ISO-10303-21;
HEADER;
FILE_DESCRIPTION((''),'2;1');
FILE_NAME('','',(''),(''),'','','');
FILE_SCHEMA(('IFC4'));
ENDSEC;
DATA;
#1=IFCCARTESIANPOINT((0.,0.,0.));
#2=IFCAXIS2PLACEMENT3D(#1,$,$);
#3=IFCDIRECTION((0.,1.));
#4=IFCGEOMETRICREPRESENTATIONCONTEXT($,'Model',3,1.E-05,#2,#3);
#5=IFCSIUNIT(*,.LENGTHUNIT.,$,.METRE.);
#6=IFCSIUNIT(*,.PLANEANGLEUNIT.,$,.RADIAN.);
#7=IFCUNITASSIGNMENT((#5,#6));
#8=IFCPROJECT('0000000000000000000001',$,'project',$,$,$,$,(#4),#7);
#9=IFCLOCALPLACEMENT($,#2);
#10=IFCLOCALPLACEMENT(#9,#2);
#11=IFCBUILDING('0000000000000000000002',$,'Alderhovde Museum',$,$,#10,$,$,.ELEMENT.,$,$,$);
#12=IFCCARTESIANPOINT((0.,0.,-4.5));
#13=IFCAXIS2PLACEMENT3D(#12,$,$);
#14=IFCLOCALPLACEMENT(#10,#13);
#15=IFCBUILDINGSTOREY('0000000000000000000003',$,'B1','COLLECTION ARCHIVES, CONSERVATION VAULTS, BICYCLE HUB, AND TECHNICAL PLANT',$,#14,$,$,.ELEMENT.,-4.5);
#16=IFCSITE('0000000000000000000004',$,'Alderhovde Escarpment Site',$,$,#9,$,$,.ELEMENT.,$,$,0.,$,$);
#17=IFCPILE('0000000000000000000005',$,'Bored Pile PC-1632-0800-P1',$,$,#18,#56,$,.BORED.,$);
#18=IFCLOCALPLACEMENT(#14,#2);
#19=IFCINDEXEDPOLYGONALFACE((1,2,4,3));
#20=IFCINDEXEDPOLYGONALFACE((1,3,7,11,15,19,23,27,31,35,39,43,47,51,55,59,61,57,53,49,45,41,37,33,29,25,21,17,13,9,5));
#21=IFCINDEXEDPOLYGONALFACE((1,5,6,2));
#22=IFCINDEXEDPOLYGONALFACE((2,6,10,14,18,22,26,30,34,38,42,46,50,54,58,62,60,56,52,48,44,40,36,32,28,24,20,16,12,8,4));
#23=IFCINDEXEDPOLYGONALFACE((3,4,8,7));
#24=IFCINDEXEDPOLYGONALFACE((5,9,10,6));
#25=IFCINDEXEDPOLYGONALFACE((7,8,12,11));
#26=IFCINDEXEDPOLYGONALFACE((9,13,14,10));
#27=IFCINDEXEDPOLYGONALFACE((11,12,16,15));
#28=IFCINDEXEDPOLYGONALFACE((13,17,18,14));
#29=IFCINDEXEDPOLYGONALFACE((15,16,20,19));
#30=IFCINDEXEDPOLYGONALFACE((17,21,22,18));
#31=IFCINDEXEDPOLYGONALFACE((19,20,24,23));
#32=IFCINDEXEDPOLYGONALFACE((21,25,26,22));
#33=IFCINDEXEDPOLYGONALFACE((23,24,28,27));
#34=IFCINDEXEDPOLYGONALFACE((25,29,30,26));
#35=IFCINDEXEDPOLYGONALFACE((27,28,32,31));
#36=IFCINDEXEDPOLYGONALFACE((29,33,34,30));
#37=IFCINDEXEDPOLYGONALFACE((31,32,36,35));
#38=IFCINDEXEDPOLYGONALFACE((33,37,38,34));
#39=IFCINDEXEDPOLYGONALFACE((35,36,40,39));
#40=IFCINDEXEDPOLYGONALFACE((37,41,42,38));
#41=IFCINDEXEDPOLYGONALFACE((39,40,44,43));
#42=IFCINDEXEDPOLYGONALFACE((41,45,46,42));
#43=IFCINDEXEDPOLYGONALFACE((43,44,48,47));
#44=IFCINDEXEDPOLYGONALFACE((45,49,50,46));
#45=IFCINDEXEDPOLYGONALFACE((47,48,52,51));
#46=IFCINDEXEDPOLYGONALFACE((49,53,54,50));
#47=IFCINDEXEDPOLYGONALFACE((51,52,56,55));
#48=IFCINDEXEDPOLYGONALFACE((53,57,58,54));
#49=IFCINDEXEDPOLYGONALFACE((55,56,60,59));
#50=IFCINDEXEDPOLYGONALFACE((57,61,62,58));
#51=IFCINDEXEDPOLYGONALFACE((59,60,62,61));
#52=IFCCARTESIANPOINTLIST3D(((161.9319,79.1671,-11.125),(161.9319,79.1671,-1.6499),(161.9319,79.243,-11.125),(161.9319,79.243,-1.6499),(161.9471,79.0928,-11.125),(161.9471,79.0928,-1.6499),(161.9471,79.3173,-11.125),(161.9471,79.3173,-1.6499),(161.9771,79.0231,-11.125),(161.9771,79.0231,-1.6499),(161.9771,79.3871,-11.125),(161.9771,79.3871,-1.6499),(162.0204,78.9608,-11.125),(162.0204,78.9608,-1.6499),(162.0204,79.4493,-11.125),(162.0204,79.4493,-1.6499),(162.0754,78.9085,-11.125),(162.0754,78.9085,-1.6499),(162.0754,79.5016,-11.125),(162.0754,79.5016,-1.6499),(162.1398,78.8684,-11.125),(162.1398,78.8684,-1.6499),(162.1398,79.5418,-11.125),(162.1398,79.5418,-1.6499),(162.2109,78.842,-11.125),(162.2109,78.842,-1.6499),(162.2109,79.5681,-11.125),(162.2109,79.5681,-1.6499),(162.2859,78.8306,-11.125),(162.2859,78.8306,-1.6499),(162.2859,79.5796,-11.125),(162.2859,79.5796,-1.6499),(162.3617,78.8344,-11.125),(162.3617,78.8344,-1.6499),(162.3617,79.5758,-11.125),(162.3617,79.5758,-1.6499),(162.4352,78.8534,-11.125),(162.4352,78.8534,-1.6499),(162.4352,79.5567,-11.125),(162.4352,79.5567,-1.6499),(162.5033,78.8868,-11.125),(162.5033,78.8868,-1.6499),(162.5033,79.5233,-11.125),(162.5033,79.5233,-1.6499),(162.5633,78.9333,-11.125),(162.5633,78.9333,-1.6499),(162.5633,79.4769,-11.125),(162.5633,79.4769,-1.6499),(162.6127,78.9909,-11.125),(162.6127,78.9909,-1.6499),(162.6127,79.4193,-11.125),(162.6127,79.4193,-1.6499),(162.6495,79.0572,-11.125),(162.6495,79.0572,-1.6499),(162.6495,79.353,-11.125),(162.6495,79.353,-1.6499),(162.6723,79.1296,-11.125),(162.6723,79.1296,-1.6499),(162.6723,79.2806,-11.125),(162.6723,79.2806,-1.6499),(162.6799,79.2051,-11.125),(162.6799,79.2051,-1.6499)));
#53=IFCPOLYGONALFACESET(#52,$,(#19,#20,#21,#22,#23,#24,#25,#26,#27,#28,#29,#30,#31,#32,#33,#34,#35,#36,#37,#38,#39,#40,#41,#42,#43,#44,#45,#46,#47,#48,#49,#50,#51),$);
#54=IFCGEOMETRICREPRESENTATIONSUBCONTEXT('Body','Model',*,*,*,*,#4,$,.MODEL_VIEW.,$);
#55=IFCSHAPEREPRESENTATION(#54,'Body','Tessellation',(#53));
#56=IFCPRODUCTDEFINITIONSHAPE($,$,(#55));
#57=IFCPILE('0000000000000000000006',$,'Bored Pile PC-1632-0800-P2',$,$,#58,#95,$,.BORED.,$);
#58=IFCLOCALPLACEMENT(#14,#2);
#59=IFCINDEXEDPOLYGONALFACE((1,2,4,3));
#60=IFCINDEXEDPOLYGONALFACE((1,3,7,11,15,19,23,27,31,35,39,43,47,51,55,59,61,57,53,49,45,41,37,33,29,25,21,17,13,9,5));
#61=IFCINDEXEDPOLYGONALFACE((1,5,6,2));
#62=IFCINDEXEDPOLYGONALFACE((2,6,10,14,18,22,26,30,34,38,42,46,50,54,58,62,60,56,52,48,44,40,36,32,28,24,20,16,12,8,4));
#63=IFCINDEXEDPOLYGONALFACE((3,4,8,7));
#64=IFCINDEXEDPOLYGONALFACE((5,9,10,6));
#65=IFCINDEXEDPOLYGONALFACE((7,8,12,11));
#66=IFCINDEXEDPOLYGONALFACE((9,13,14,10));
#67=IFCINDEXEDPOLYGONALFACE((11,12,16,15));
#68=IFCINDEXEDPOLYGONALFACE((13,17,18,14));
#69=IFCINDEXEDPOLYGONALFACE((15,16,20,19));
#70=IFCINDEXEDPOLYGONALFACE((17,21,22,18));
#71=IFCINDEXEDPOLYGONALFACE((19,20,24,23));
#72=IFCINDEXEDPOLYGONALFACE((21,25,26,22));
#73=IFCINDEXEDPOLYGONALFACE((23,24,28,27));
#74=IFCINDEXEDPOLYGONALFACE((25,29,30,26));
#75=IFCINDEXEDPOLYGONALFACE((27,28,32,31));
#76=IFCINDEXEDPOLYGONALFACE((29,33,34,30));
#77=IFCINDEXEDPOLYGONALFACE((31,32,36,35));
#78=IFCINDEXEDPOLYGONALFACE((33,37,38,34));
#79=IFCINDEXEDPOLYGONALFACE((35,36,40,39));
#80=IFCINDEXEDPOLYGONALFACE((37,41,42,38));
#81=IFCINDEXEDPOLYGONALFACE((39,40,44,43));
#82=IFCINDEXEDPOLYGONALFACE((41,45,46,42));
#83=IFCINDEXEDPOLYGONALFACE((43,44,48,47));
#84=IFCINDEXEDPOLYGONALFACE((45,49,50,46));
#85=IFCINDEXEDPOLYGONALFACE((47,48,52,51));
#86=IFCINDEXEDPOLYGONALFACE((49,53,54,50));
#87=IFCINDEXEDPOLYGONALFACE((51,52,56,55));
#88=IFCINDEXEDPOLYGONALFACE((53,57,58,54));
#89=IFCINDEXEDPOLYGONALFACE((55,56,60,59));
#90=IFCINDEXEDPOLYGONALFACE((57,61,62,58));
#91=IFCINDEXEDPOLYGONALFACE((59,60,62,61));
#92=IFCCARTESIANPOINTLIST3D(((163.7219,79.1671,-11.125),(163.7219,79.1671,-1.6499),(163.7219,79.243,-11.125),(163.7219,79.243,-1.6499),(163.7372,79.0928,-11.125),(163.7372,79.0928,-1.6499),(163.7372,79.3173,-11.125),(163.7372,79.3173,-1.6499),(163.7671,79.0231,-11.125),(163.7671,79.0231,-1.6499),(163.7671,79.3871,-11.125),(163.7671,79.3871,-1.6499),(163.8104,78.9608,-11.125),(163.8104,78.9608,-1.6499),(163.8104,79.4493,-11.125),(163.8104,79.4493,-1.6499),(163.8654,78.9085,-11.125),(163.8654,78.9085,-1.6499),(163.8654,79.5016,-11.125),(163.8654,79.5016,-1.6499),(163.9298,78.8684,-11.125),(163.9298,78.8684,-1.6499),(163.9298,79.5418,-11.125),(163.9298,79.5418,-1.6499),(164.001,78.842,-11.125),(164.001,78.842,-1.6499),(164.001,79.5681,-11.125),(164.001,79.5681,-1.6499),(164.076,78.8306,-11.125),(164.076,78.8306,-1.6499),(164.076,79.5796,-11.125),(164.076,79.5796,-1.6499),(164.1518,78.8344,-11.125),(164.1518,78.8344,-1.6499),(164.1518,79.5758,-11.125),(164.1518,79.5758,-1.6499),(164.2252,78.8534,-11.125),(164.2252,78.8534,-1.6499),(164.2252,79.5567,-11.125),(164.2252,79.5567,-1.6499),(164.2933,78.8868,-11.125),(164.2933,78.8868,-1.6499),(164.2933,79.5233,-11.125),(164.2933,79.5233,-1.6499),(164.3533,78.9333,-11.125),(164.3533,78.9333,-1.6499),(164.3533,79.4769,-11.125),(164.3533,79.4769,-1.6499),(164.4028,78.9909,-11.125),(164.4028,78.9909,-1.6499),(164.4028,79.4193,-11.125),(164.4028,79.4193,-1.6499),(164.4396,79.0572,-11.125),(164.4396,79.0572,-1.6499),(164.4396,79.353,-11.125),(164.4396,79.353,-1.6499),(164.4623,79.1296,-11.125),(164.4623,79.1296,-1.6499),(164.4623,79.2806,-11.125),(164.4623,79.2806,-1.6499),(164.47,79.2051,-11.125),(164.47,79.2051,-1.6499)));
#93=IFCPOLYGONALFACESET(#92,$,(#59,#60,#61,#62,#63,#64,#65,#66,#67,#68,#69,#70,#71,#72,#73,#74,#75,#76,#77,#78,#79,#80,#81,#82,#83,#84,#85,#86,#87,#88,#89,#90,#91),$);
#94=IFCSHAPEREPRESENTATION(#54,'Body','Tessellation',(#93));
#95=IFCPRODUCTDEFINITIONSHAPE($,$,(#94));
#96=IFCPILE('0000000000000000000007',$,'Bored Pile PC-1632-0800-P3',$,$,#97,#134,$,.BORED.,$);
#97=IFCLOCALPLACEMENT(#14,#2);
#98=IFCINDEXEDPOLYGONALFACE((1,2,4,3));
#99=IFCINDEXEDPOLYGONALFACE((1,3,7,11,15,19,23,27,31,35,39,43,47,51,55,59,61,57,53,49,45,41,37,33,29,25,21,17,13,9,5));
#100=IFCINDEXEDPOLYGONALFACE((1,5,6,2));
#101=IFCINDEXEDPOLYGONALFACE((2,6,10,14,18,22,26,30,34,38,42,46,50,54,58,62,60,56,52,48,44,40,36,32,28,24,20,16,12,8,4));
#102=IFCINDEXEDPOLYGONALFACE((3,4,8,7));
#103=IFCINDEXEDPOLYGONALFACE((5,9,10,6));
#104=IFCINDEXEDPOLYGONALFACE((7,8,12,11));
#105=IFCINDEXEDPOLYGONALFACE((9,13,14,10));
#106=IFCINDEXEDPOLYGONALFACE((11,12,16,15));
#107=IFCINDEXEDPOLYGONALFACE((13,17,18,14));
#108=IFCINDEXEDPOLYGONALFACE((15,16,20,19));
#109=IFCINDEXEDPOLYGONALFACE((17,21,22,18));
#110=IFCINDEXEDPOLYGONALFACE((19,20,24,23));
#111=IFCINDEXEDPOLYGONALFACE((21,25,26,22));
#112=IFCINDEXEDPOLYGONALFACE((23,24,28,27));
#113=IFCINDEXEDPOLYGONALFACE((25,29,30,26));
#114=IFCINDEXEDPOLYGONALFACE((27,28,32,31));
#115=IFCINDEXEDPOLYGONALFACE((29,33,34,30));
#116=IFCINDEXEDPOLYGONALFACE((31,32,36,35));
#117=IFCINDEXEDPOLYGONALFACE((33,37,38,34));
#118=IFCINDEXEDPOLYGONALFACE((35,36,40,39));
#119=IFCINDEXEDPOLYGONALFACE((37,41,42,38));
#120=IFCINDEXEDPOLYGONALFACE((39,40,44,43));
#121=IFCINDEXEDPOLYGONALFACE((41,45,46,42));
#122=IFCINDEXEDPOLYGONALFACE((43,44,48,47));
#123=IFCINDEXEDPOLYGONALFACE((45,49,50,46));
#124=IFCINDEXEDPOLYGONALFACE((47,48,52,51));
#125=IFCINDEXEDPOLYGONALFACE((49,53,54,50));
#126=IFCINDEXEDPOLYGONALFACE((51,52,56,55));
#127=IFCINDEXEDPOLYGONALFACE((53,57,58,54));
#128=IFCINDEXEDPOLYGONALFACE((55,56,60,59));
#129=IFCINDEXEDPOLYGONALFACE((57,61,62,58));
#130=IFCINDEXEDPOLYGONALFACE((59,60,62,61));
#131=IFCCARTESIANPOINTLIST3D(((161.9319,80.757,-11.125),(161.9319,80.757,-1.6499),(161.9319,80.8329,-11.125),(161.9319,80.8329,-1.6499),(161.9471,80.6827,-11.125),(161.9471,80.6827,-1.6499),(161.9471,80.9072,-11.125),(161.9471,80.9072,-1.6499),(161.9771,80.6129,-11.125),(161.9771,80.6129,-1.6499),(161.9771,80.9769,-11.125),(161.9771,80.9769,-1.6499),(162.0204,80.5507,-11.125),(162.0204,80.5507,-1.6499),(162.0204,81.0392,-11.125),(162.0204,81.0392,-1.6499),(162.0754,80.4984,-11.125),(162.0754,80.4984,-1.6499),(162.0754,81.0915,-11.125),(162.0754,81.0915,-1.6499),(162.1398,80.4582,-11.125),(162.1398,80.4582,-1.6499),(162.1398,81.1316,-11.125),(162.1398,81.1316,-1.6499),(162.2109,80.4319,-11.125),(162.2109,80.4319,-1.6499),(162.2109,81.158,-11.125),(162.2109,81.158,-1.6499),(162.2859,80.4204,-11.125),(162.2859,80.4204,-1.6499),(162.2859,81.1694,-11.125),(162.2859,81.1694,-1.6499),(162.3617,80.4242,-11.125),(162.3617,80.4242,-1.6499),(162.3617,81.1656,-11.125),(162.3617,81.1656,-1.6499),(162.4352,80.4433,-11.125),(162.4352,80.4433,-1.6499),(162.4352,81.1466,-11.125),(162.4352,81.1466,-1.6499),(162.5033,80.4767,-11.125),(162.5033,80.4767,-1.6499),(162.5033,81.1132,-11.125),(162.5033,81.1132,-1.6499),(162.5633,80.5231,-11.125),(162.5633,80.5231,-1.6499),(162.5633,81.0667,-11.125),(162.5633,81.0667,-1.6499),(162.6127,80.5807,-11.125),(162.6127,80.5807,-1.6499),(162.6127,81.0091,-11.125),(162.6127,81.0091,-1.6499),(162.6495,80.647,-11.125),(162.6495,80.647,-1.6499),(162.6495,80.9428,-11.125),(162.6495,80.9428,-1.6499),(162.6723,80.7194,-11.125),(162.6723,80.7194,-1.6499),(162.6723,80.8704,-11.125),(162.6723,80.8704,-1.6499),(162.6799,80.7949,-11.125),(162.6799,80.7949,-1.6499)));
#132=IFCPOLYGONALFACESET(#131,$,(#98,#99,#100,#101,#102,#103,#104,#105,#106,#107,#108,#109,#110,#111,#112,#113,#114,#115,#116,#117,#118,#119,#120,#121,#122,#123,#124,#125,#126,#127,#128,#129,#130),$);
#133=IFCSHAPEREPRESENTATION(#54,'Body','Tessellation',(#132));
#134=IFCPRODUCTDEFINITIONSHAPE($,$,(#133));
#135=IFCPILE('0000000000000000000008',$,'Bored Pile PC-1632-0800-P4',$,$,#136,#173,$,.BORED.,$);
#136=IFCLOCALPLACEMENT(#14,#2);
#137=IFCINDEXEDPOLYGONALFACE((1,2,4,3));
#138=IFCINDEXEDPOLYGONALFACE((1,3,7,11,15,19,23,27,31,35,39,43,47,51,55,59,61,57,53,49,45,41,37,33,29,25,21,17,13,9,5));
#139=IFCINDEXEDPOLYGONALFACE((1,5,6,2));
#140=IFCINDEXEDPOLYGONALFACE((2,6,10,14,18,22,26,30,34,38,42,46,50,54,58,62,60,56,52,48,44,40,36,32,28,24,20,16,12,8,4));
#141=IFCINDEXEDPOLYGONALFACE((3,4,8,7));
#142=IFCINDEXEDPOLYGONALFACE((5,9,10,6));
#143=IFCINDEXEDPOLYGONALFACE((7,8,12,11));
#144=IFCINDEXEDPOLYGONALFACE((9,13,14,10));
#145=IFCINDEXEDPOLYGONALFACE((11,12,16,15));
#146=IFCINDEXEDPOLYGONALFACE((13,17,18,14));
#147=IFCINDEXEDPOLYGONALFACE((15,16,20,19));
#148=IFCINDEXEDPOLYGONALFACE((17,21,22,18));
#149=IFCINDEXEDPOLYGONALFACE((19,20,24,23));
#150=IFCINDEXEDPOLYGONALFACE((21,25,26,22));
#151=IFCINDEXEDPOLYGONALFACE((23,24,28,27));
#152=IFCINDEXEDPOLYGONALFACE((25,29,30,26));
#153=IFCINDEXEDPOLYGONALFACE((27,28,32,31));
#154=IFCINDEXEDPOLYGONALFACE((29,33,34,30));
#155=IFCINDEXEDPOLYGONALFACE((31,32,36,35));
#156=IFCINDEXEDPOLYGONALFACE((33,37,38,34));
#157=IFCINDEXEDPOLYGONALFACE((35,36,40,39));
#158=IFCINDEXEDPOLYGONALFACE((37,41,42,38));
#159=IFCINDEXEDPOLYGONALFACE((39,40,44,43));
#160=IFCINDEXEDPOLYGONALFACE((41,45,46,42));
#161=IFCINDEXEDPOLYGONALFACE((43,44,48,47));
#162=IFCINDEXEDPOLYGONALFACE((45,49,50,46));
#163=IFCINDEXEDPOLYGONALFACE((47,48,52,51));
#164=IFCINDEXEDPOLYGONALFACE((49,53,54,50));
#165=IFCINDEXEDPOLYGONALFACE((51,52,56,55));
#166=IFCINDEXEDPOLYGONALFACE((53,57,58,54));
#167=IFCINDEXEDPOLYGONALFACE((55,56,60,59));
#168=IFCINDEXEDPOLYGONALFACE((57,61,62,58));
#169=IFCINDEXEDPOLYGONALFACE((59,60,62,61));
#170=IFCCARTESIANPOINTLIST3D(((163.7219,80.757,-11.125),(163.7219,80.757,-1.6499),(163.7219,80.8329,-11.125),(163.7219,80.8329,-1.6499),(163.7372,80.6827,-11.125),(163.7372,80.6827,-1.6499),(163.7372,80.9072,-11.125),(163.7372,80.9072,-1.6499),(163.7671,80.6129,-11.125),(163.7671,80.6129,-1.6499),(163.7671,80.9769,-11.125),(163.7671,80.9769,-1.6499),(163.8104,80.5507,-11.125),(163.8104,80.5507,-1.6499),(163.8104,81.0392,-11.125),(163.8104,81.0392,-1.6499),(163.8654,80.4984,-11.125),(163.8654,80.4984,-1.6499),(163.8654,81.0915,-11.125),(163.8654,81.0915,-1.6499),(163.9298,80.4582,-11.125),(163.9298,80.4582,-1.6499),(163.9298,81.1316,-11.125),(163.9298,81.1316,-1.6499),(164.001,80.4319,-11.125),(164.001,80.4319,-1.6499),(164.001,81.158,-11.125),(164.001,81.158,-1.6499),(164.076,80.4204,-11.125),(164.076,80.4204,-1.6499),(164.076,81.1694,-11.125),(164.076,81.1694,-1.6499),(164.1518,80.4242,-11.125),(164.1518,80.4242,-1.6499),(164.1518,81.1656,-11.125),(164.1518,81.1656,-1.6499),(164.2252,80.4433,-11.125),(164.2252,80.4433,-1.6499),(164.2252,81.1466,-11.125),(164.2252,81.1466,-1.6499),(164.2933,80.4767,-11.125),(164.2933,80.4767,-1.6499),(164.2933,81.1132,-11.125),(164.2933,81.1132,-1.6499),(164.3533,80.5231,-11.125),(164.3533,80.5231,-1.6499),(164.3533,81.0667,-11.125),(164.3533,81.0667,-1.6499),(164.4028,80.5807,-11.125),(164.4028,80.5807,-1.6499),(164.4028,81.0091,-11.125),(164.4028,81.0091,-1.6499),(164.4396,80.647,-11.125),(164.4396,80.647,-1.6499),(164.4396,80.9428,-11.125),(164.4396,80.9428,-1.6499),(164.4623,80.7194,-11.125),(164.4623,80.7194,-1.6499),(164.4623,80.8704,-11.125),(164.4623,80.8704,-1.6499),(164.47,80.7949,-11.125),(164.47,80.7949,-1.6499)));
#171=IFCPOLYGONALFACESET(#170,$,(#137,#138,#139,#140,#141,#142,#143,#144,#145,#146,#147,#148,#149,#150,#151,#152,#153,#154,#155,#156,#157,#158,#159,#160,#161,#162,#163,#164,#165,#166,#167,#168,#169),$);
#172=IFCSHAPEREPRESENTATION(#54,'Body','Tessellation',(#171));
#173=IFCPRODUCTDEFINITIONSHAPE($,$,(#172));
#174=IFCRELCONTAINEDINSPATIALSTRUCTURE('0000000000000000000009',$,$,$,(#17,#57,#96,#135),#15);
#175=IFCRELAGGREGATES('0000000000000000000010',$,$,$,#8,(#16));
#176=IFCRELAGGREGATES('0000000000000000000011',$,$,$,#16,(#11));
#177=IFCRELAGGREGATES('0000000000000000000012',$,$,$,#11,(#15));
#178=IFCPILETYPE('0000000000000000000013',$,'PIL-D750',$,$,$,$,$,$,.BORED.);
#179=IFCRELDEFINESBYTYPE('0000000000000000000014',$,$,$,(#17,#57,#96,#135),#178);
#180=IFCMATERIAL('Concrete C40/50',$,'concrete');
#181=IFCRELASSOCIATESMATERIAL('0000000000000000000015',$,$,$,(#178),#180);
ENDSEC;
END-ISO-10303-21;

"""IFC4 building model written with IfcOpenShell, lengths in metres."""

from ifc_helpers import new_model, si_unit, direction, frame, origin, origin_2d, place, context, subcontext, project, spatial, circle, extrude, material, material_profile, profile_set, type_object, element, save


model = new_model("IFC4")

# Units and contexts
model_context = context("Model", 3, precision=1e-05, world=origin(), true_north=direction((0.0, 1.0)))
body_context = subcontext(model_context, "Body", "Model", "MODEL_VIEW")
ifc_project = project(units=[si_unit("LENGTHUNIT", "METRE"), si_unit("PLANEANGLEUNIT", "RADIAN")], contexts=[model_context])

# Site, building, storey
site_placement = place(None, origin())
site = spatial("IfcSite", under=ifc_project, at=site_placement, Name="Alderhovde Escarpment Site", CompositionType="ELEMENT", RefElevation=0.0)
building_placement = place(site_placement, origin())
building = spatial("IfcBuilding", under=site, at=building_placement, Name="Alderhovde Museum", CompositionType="ELEMENT")
storey_placement = place(building_placement, frame((0.0, 0.0, -4.5)))
storey = spatial("IfcBuildingStorey", under=building, at=storey_placement, Name="B1", Description="COLLECTION ARCHIVES, CONSERVATION VAULTS, BICYCLE HUB, AND TECHNICAL PLANT", CompositionType="ELEMENT", Elevation=-4.5)

# Piles
ifc_material_1 = material(Name="Concrete C40/50", Category="concrete")
ifc_material_profile_1 = material_profile(ifc_material_1, circle(Radius=0.375, at=origin_2d()), Name="PILE-D750")
ifc_profile_set_1 = profile_set([ifc_material_profile_1], Name="Concrete C40/50")
pile_type_1 = type_object("IfcPileType", Name="PIL-D750", PredefinedType="BORED", material=ifc_profile_set_1)
for number, where, z_axis, x_axis, name in (
    (1, (162.3049, 79.2051, -1.6499), (0.0, 0.0, -1.0), (1.0, 0.0, 0.0), "Bored Pile PC-1632-0800-P1"),
    (2, (164.095, 79.2051, -1.6499), (0.0, 0.0, -1.0), (1.0, 0.0, 0.0), "Bored Pile PC-1632-0800-P2"),
    (3, (162.3049, 80.7949, -1.6499), (0.0, 0.0, -1.0), (1.0, 0.0, 0.0), "Bored Pile PC-1632-0800-P3"),
    (4, (164.095, 80.7949, -1.6499), (0.0, 0.0, -1.0), (1.0, 0.0, 0.0), "Bored Pile PC-1632-0800-P4"),
):
    element("IfcPile", number, at=place(storey_placement, frame(where, z_axis=z_axis, x_axis=x_axis)), inside=storey, type_object=pile_type_1, Name=name, PredefinedType="BORED", context=body_context, shape_type="SweptSolid", body=[
        extrude(circle(Radius=0.375, at=origin_2d()), origin(), (0.0, 0.0, 1.0), 9.4751),
    ])

save(model, "model.ifc")
